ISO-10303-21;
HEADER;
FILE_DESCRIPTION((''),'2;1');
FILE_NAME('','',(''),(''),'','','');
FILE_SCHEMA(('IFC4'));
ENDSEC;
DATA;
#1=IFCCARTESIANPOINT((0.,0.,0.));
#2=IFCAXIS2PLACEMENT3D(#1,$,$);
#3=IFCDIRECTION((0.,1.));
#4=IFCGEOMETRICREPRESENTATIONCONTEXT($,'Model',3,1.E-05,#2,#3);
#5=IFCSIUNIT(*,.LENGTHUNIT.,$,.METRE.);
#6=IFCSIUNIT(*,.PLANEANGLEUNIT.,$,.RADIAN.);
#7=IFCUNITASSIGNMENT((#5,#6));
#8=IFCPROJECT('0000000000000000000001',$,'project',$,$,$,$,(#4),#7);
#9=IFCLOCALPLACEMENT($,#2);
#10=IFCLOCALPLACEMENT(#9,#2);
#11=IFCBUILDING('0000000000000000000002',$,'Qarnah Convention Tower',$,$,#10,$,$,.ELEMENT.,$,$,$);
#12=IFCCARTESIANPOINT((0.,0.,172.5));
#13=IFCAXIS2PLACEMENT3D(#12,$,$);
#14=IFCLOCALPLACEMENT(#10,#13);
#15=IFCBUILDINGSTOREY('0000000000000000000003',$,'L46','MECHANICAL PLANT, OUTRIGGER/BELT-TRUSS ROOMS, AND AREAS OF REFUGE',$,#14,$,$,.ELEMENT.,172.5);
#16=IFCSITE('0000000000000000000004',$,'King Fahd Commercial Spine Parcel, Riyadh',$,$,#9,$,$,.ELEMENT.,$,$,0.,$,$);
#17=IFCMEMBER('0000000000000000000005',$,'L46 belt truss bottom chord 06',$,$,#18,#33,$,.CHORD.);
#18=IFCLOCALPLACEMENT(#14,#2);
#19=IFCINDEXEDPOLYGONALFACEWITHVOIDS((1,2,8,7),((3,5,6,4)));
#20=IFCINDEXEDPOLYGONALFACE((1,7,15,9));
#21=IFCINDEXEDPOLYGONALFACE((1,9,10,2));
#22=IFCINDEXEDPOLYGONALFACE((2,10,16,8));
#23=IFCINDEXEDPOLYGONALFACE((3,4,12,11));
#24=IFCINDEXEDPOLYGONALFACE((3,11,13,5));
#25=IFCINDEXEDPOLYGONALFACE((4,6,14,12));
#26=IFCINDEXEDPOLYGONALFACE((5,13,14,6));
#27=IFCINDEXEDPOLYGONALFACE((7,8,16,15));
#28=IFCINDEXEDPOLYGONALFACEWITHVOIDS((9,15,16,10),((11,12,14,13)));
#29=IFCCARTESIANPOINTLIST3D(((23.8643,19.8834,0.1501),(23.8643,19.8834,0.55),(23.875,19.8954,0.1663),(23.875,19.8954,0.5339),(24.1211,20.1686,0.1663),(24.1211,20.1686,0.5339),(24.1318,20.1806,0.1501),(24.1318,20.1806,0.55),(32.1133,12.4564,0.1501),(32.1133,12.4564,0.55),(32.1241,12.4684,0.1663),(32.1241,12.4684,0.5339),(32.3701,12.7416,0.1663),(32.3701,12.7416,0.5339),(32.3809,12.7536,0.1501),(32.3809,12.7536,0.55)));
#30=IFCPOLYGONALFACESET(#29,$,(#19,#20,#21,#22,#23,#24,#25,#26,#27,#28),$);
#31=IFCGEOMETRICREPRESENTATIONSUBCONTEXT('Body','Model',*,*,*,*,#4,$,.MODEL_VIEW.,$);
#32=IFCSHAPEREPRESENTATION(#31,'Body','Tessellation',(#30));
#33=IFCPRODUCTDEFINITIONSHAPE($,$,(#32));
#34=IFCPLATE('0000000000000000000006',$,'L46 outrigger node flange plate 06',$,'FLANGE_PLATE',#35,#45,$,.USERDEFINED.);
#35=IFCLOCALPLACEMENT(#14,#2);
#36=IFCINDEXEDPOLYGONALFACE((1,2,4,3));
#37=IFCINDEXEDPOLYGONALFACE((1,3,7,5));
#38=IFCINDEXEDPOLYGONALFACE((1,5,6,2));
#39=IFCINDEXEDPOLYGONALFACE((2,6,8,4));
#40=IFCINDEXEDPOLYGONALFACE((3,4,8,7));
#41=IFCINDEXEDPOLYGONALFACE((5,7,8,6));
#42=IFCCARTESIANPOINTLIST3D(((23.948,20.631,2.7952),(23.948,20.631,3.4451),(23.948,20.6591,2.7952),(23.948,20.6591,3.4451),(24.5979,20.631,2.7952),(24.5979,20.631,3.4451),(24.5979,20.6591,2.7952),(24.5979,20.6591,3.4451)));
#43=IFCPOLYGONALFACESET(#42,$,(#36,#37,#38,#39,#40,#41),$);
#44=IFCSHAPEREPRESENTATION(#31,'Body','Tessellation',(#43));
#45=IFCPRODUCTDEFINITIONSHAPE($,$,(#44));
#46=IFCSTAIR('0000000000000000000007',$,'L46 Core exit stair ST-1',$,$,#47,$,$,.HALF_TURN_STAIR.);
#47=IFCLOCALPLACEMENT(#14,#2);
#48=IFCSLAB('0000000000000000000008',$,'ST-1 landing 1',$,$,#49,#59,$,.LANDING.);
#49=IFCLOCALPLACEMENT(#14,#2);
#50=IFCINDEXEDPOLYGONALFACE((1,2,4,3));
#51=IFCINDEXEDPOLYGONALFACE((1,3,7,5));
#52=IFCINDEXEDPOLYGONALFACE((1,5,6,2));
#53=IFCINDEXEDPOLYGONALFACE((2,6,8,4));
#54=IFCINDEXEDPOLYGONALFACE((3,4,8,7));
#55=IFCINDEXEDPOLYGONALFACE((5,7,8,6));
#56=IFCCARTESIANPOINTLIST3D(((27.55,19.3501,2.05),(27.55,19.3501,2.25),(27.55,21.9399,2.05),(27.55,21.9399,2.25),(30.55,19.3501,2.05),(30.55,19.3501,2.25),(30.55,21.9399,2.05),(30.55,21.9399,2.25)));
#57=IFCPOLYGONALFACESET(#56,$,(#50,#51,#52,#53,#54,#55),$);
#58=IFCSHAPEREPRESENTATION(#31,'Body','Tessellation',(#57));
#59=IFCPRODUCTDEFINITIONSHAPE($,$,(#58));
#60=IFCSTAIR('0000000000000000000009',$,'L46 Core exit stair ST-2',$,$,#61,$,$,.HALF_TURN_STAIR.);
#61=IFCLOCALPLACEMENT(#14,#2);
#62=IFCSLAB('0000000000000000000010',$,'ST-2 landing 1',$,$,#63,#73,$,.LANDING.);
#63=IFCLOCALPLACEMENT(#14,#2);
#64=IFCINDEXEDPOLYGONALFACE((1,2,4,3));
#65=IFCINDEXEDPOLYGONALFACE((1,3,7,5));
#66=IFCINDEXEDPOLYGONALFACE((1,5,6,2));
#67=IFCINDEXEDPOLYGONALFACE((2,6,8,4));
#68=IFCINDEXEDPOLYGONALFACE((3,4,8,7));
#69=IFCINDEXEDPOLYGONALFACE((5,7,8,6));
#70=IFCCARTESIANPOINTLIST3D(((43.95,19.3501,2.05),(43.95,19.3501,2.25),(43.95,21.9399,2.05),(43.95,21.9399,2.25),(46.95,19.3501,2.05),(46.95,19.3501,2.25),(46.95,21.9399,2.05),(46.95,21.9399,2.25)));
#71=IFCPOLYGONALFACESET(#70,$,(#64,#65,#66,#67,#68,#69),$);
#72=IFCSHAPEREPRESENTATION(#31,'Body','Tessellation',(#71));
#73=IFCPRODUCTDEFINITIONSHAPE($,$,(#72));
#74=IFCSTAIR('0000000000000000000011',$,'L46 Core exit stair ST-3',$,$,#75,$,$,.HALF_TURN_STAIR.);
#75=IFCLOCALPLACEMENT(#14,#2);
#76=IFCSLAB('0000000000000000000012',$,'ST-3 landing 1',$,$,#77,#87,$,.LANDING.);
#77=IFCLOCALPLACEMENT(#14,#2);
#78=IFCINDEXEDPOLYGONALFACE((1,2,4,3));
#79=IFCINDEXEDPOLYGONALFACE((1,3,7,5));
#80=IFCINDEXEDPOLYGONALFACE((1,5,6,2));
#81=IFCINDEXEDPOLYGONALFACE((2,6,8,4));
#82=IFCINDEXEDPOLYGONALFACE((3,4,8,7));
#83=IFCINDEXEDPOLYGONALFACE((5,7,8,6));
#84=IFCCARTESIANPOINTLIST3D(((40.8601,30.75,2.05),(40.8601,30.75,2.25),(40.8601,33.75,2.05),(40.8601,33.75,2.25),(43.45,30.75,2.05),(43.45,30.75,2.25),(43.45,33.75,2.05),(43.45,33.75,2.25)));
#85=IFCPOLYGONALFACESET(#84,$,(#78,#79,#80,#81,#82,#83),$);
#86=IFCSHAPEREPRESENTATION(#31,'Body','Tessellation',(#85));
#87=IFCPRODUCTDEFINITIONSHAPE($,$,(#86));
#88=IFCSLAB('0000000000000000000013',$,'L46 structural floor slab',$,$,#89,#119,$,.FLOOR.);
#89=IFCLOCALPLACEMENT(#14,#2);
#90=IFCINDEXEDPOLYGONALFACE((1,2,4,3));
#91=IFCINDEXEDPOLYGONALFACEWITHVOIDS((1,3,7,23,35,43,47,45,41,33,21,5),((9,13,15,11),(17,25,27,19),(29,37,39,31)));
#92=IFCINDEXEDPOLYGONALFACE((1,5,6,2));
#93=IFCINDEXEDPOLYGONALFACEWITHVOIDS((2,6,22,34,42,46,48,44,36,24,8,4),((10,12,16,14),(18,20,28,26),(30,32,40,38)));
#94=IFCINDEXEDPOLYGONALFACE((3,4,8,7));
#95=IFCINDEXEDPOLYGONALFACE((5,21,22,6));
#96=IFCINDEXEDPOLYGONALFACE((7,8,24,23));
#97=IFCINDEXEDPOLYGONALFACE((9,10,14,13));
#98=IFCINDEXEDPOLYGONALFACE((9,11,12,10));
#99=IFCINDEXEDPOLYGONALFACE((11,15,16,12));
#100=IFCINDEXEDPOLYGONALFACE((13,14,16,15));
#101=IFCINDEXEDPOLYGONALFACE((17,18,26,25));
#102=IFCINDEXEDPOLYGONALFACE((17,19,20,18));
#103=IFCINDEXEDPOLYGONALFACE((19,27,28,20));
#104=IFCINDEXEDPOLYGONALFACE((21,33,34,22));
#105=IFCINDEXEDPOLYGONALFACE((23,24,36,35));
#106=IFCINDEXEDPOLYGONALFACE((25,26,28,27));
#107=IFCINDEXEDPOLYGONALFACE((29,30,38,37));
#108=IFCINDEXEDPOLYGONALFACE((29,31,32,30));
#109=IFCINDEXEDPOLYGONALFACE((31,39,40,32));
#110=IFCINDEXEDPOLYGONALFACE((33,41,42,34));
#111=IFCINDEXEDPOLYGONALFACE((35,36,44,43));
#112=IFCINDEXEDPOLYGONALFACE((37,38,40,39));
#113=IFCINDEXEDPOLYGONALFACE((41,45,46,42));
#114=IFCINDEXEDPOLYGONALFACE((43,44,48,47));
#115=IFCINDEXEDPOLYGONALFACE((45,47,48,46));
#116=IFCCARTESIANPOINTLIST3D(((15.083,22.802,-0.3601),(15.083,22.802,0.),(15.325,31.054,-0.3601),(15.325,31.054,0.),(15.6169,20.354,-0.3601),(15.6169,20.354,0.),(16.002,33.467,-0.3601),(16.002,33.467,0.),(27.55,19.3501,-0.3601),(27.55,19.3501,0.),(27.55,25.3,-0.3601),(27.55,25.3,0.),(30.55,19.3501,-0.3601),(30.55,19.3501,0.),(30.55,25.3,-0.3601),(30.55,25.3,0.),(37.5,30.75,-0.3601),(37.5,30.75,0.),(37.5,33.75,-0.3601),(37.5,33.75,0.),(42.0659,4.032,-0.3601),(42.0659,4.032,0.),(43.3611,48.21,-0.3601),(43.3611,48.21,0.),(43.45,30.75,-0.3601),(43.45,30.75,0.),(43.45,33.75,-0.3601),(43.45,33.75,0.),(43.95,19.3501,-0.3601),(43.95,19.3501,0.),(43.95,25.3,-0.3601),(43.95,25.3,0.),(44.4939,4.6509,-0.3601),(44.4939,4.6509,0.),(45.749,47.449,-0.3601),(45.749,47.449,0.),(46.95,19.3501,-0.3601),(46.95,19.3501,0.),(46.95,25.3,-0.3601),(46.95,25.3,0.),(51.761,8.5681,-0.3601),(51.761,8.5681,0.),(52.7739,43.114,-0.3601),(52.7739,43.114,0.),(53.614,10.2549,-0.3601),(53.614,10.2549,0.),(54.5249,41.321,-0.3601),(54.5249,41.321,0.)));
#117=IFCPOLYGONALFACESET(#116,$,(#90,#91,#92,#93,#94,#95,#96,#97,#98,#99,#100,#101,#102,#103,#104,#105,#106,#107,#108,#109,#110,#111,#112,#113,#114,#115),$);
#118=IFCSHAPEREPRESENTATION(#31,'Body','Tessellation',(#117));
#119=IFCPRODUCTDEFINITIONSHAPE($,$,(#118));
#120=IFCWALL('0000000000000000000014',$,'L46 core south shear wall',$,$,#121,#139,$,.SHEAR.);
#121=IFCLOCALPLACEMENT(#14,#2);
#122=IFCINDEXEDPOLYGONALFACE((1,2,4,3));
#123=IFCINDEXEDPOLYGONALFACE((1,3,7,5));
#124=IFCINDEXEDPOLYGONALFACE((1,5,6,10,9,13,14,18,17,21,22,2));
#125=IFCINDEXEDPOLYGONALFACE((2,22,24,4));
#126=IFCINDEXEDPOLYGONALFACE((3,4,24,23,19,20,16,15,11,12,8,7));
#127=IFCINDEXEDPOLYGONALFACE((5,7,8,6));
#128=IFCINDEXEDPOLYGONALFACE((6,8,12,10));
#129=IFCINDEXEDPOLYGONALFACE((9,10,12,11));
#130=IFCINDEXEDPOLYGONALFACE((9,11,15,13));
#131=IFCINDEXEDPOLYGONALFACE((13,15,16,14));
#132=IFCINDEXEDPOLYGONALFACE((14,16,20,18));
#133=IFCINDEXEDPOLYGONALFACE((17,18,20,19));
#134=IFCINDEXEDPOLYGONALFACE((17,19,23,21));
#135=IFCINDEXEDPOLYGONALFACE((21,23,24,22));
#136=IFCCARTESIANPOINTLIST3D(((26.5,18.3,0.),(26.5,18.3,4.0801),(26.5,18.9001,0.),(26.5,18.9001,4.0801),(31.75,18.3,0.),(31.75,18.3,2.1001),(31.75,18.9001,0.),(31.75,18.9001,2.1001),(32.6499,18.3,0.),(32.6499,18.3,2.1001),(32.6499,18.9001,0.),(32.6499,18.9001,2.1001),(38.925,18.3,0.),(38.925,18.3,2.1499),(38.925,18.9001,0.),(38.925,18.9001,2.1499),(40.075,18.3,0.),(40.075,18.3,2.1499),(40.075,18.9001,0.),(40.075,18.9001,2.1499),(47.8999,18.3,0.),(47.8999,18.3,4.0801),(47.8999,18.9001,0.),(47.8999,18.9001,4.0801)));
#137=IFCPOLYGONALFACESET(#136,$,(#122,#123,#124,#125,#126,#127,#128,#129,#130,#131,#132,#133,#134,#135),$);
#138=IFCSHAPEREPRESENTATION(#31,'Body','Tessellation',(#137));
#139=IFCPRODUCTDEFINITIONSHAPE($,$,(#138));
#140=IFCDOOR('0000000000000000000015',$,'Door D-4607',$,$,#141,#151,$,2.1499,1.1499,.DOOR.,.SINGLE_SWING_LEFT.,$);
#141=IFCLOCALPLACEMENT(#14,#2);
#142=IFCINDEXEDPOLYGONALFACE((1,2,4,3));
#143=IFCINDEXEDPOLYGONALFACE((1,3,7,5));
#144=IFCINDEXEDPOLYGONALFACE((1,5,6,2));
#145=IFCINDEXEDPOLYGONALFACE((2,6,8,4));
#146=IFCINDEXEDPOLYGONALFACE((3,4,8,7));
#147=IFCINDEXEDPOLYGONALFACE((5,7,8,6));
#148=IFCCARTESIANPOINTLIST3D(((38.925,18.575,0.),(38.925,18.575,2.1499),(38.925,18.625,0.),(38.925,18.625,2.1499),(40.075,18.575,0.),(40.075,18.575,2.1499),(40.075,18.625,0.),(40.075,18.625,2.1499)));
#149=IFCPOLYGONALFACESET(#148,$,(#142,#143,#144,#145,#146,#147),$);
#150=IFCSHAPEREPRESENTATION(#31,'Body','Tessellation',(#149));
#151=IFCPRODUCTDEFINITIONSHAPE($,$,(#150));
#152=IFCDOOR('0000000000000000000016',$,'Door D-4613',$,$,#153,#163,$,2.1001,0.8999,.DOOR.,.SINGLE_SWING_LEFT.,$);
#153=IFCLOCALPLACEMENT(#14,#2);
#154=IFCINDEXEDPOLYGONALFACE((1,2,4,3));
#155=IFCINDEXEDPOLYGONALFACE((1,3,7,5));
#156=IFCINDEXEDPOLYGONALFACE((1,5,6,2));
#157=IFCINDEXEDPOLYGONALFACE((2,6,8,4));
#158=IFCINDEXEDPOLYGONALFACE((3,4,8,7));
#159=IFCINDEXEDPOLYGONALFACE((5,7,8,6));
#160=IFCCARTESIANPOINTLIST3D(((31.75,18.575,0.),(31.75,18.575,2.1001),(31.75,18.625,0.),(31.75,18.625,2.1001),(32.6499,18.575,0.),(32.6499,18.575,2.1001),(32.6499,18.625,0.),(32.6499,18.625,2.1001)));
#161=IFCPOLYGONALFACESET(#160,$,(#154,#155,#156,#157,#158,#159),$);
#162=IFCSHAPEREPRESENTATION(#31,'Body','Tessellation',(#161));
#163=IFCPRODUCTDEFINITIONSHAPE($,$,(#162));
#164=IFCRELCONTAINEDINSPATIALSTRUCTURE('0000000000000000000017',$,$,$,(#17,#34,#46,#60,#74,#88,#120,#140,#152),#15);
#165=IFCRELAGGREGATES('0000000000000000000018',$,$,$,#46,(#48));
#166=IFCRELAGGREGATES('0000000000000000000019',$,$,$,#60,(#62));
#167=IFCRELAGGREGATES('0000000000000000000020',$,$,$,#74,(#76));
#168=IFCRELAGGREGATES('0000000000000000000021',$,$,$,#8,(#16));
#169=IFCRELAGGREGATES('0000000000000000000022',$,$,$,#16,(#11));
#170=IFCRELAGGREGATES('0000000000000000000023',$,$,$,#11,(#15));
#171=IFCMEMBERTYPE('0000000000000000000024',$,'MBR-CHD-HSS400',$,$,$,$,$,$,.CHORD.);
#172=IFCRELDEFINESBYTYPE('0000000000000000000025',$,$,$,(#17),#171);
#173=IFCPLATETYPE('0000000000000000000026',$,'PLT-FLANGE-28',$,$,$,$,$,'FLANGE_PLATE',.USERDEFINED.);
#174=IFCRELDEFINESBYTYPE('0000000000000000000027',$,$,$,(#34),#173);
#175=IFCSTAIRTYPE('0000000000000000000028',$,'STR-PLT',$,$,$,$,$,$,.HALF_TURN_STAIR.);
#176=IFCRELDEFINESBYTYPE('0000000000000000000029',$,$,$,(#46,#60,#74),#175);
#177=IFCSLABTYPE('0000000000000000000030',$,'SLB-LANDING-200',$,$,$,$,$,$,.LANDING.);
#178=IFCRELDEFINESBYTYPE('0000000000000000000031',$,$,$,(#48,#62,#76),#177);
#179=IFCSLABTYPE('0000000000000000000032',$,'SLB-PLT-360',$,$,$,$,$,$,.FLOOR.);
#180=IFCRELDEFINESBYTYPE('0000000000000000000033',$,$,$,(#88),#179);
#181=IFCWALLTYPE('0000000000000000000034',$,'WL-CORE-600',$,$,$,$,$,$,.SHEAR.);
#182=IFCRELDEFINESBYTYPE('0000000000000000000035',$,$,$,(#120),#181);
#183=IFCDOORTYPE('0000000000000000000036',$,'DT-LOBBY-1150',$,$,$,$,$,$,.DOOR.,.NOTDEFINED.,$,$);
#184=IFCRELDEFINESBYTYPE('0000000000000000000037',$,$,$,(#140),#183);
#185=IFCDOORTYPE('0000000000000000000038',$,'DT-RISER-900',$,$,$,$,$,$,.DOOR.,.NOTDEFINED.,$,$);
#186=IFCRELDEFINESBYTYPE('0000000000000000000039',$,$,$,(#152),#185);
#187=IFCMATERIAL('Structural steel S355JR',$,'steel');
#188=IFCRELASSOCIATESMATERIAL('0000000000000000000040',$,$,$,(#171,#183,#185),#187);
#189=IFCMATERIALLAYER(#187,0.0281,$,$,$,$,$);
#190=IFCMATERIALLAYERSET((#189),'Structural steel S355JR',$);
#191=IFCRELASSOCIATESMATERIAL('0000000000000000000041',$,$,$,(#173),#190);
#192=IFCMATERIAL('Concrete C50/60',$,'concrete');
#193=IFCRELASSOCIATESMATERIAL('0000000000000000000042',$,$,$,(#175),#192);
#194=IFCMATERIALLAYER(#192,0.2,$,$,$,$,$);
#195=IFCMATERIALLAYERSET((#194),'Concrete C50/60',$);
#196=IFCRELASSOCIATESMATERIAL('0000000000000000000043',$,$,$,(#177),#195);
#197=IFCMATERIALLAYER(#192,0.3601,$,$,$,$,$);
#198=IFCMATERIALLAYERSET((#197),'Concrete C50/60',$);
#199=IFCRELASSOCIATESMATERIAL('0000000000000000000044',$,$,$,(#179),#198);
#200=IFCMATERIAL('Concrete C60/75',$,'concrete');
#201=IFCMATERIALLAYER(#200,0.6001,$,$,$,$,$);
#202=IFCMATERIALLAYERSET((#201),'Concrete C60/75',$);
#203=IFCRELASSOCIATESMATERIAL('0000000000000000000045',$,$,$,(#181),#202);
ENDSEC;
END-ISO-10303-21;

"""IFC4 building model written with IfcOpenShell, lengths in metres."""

from ifc_helpers import new_model, si_unit, direction, frame, frame_2d, origin, origin_2d, place, context, subcontext, project, spatial, polyline, rectangle, hollow_rectangle, outline, extrude, material, layer, layer_set, material_profile, profile_set, type_object, element, fill, aggregate, save


model = new_model("IFC4")

# Units and contexts
model_context = context("Model", 3, precision=1e-05, world=origin(), true_north=direction((0.0, 1.0)))
body_context = subcontext(model_context, "Body", "Model", "MODEL_VIEW")
ifc_project = project(units=[si_unit("LENGTHUNIT", "METRE"), si_unit("PLANEANGLEUNIT", "RADIAN")], contexts=[model_context])

# Site, building, storey
site_placement = place(None, origin())
site = spatial("IfcSite", under=ifc_project, at=site_placement, Name="King Fahd Commercial Spine Parcel, Riyadh", CompositionType="ELEMENT", RefElevation=0.0)
building_placement = place(site_placement, origin())
building = spatial("IfcBuilding", under=site, at=building_placement, Name="Qarnah Convention Tower", CompositionType="ELEMENT")
storey_placement = place(building_placement, frame((0.0, 0.0, 172.5)))
storey = spatial("IfcBuildingStorey", under=building, at=storey_placement, Name="L46", Description="MECHANICAL PLANT, OUTRIGGER/BELT-TRUSS ROOMS, AND AREAS OF REFUGE", CompositionType="ELEMENT", Elevation=172.5)

# Shared definitions
ifc_material_1 = material(Name="Concrete C60/75", Category="concrete")

# Shared definitions
ifc_material_2 = material(Name="Structural steel S355JR", Category="steel")

# Member
ifc_material_profile_1 = material_profile(ifc_material_2, hollow_rectangle(XDim=0.3999, YDim=0.3999, WallThickness=0.0161, at=origin_2d()), Name="HSS400X400X16")
ifc_profile_set_1 = profile_set([ifc_material_profile_1], Name="Structural steel S355JR")
member_type_1 = type_object("IfcMemberType", Name="MBR-CHD-HSS400", PredefinedType="CHORD", material=ifc_profile_set_1)
member_1_placement = place(storey_placement, frame((23.998, 20.032, 0.3501), z_axis=(0.743165, -0.669108, 0.0), x_axis=(0.669108, 0.743165, 0.0)))
element("IfcMember", 1, at=member_1_placement, inside=storey, type_object=member_type_1, Name="L46 belt truss bottom chord 06", PredefinedType="CHORD", context=body_context, shape_type="SweptSolid", body=[
    extrude(hollow_rectangle(XDim=0.3999, YDim=0.3999, WallThickness=0.0161, at=origin_2d()), origin(), (0.0, 0.0, 1.0), 11.0999),
])

# Plate
ifc_layer_1 = layer(ifc_material_2, 0.0281)
ifc_layer_set_1 = layer_set([ifc_layer_1], Name="Structural steel S355JR")
plate_type = type_object("IfcPlateType", Name="PLT-FLANGE-28", ElementType="FLANGE_PLATE", PredefinedType="USERDEFINED", material=ifc_layer_set_1)
plate_placement = place(storey_placement, frame((24.2729, 20.645, 2.7952), z_axis=(0.0, 0.0, 1.0), x_axis=(1.0, 0.0, 0.0)))
element("IfcPlate", 2, at=plate_placement, inside=storey, type_object=plate_type, Name="L46 outrigger node flange plate 06", ObjectType="FLANGE_PLATE", PredefinedType="USERDEFINED", context=body_context, shape_type="SweptSolid", body=[
    extrude(rectangle(XDim=0.6499, YDim=0.0281, at=origin_2d()), origin(), (0.0, 0.0, 1.0), 0.6499),
])

# Stairs, slabs
ifc_material_3 = material(Name="Concrete C50/60", Category="concrete")
stair_type = type_object("IfcStairType", Name="STR-PLT", PredefinedType="HALF_TURN_STAIR", material=ifc_material_3)
stair_1_placement = place(storey_placement, origin())
stair_1 = element("IfcStair", 3, at=stair_1_placement, inside=storey, type_object=stair_type, Name="L46 Core exit stair ST-1", PredefinedType="HALF_TURN_STAIR")
ifc_layer_2 = layer(ifc_material_3, 0.2)
ifc_layer_set_2 = layer_set([ifc_layer_2], Name="Concrete C50/60")
slab_type_1 = type_object("IfcSlabType", Name="SLB-LANDING-200", PredefinedType="LANDING", material=ifc_layer_set_2)
slab_1_placement = place(storey_placement, frame((0.0, 0.0, 2.05)))
slab_1 = element("IfcSlab", 4, at=slab_1_placement, type_object=slab_type_1, Name="ST-1 landing 1", PredefinedType="LANDING", context=body_context, shape_type="SweptSolid", body=[
    extrude(outline(polyline([(27.55, 21.9399), (27.55, 19.3501), (30.55, 19.3501), (30.55, 21.9399), (27.55, 21.9399)])), origin(), (0.0, 0.0, 1.0), 0.2),
])
aggregate(stair_1, [slab_1])
stair_2_placement = place(storey_placement, origin())
stair_2 = element("IfcStair", 5, at=stair_2_placement, inside=storey, type_object=stair_type, Name="L46 Core exit stair ST-2", PredefinedType="HALF_TURN_STAIR")
slab_2_placement = place(storey_placement, frame((0.0, 0.0, 2.05)))
slab_2 = element("IfcSlab", 6, at=slab_2_placement, type_object=slab_type_1, Name="ST-2 landing 1", PredefinedType="LANDING", context=body_context, shape_type="SweptSolid", body=[
    extrude(outline(polyline([(43.95, 21.9399), (43.95, 19.3501), (46.95, 19.3501), (46.95, 21.9399), (43.95, 21.9399)])), origin(), (0.0, 0.0, 1.0), 0.2),
])
aggregate(stair_2, [slab_2])
stair_3_placement = place(storey_placement, origin())
stair_3 = element("IfcStair", 7, at=stair_3_placement, inside=storey, type_object=stair_type, Name="L46 Core exit stair ST-3", PredefinedType="HALF_TURN_STAIR")
slab_3_placement = place(storey_placement, frame((0.0, 0.0, 2.05)))
slab_3 = element("IfcSlab", 8, at=slab_3_placement, type_object=slab_type_1, Name="ST-3 landing 1", PredefinedType="LANDING", context=body_context, shape_type="SweptSolid", body=[
    extrude(outline(polyline([(40.8601, 30.75), (43.45, 30.75), (43.45, 33.75), (40.8601, 33.75), (40.8601, 30.75)])), origin(), (0.0, 0.0, 1.0), 0.2),
])
aggregate(stair_3, [slab_3])

# Slab
ifc_layer_3 = layer(ifc_material_3, 0.3601)
ifc_layer_set_3 = layer_set([ifc_layer_3], Name="Concrete C50/60")
slab_type_2 = type_object("IfcSlabType", Name="SLB-PLT-360", PredefinedType="FLOOR", material=ifc_layer_set_3)
slab_4_placement = place(storey_placement, frame((0.0, 0.0, -0.3601)))
element("IfcSlab", 9, at=slab_4_placement, inside=storey, type_object=slab_type_2, Name="L46 structural floor slab", PredefinedType="FLOOR", context=body_context, shape_type="SweptSolid", body=[
    extrude(outline(polyline([(43.3611, 48.21), (16.002, 33.467), (15.325, 31.054), (15.083, 22.802), (15.6169, 20.354), (42.0659, 4.032), (44.4939, 4.6509), (51.761, 8.5681), (53.614, 10.2549), (54.5249, 41.321), (52.7739, 43.114), (45.749, 47.449), (43.3611, 48.21)]), holes=[polyline([(27.55, 25.3), (27.55, 19.3501), (30.55, 19.3501), (30.55, 25.3), (27.55, 25.3)]), polyline([(43.95, 25.3), (43.95, 19.3501), (46.95, 19.3501), (46.95, 25.3), (43.95, 25.3)]), polyline([(37.5, 30.75), (43.45, 30.75), (43.45, 33.75), (37.5, 33.75), (37.5, 30.75)])]), origin(), (0.0, 0.0, 1.0), 0.3601),
])

# Wall, openings, doors
ifc_layer_4 = layer(ifc_material_1, 0.6001)
ifc_layer_set_4 = layer_set([ifc_layer_4], Name="Concrete C60/75")
wall_type_1 = type_object("IfcWallType", Name="WL-CORE-600", PredefinedType="SHEAR", material=ifc_layer_set_4)
wall_1_placement = place(storey_placement, frame((26.5, 18.6001, 0.0), z_axis=(0.0, 0.0, 1.0), x_axis=(1.0, 0.0, 0.0)))
wall_1 = element("IfcWall", 10, at=wall_1_placement, inside=storey, type_object=wall_type_1, Name="L46 core south shear wall", PredefinedType="SHEAR", context=body_context, shape_type="SweptSolid", body=[
    extrude(rectangle(XDim=21.3999, YDim=0.6001, at=frame_2d((10.7, 0.0))), origin(), (0.0, 0.0, 1.0), 4.0801),
])
opening_1_placement = place(wall_1_placement, frame((12.425, 0.0, 0.0)))
opening_1 = element("IfcOpeningElement", 11, at=opening_1_placement, cuts=wall_1, PredefinedType="OPENING", context=body_context, shape_type="SweptSolid", body=[
    extrude(rectangle(XDim=1.1499, YDim=2.1499, at=frame_2d((0.575, 1.075))), frame((0.0, 0.3101, 0.0), z_axis=(0.0, -1.0, 0.0), x_axis=(1.0, 0.0, 0.0)), (0.0, 0.0, 1.0), 0.6201),
])
opening_2_placement = place(wall_1_placement, frame((5.25, 0.0, 0.0)))
opening_2 = element("IfcOpeningElement", 12, at=opening_2_placement, cuts=wall_1, PredefinedType="OPENING", context=body_context, shape_type="SweptSolid", body=[
    extrude(rectangle(XDim=0.8999, YDim=2.1001, at=frame_2d((0.45, 1.05))), frame((0.0, 0.3101, 0.0), z_axis=(0.0, -1.0, 0.0), x_axis=(1.0, 0.0, 0.0)), (0.0, 0.0, 1.0), 0.6201),
])
door_type_1 = type_object("IfcDoorType", Name="DT-LOBBY-1150", OperationType="NOTDEFINED", PredefinedType="DOOR", material=ifc_material_2)
door_1_placement = place(opening_1_placement, origin())
door_1 = element("IfcDoor", 13, at=door_1_placement, inside=storey, type_object=door_type_1, Name="Door D-4607", OperationType="SINGLE_SWING_LEFT", OverallHeight=2.1499, OverallWidth=1.1499, PredefinedType="DOOR", context=body_context, shape_type="SweptSolid", body=[
    extrude(rectangle(XDim=1.1499, YDim=2.1499, at=frame_2d((0.575, 1.075))), frame((0.0, 0.0249, 0.0), z_axis=(0.0, -1.0, 0.0), x_axis=(1.0, 0.0, 0.0)), (0.0, 0.0, 1.0), 0.05),
])
fill(opening_1, door_1)
door_type_2 = type_object("IfcDoorType", Name="DT-RISER-900", OperationType="NOTDEFINED", PredefinedType="DOOR", material=ifc_material_2)
door_2_placement = place(opening_2_placement, origin())
door_2 = element("IfcDoor", 14, at=door_2_placement, inside=storey, type_object=door_type_2, Name="Door D-4613", OperationType="SINGLE_SWING_LEFT", OverallHeight=2.1001, OverallWidth=0.8999, PredefinedType="DOOR", context=body_context, shape_type="SweptSolid", body=[
    extrude(rectangle(XDim=0.8999, YDim=2.1001, at=frame_2d((0.45, 1.05))), frame((0.0, 0.0249, 0.0), z_axis=(0.0, -1.0, 0.0), x_axis=(1.0, 0.0, 0.0)), (0.0, 0.0, 1.0), 0.05),
])
fill(opening_2, door_2)

save(model, "model.ifc")
